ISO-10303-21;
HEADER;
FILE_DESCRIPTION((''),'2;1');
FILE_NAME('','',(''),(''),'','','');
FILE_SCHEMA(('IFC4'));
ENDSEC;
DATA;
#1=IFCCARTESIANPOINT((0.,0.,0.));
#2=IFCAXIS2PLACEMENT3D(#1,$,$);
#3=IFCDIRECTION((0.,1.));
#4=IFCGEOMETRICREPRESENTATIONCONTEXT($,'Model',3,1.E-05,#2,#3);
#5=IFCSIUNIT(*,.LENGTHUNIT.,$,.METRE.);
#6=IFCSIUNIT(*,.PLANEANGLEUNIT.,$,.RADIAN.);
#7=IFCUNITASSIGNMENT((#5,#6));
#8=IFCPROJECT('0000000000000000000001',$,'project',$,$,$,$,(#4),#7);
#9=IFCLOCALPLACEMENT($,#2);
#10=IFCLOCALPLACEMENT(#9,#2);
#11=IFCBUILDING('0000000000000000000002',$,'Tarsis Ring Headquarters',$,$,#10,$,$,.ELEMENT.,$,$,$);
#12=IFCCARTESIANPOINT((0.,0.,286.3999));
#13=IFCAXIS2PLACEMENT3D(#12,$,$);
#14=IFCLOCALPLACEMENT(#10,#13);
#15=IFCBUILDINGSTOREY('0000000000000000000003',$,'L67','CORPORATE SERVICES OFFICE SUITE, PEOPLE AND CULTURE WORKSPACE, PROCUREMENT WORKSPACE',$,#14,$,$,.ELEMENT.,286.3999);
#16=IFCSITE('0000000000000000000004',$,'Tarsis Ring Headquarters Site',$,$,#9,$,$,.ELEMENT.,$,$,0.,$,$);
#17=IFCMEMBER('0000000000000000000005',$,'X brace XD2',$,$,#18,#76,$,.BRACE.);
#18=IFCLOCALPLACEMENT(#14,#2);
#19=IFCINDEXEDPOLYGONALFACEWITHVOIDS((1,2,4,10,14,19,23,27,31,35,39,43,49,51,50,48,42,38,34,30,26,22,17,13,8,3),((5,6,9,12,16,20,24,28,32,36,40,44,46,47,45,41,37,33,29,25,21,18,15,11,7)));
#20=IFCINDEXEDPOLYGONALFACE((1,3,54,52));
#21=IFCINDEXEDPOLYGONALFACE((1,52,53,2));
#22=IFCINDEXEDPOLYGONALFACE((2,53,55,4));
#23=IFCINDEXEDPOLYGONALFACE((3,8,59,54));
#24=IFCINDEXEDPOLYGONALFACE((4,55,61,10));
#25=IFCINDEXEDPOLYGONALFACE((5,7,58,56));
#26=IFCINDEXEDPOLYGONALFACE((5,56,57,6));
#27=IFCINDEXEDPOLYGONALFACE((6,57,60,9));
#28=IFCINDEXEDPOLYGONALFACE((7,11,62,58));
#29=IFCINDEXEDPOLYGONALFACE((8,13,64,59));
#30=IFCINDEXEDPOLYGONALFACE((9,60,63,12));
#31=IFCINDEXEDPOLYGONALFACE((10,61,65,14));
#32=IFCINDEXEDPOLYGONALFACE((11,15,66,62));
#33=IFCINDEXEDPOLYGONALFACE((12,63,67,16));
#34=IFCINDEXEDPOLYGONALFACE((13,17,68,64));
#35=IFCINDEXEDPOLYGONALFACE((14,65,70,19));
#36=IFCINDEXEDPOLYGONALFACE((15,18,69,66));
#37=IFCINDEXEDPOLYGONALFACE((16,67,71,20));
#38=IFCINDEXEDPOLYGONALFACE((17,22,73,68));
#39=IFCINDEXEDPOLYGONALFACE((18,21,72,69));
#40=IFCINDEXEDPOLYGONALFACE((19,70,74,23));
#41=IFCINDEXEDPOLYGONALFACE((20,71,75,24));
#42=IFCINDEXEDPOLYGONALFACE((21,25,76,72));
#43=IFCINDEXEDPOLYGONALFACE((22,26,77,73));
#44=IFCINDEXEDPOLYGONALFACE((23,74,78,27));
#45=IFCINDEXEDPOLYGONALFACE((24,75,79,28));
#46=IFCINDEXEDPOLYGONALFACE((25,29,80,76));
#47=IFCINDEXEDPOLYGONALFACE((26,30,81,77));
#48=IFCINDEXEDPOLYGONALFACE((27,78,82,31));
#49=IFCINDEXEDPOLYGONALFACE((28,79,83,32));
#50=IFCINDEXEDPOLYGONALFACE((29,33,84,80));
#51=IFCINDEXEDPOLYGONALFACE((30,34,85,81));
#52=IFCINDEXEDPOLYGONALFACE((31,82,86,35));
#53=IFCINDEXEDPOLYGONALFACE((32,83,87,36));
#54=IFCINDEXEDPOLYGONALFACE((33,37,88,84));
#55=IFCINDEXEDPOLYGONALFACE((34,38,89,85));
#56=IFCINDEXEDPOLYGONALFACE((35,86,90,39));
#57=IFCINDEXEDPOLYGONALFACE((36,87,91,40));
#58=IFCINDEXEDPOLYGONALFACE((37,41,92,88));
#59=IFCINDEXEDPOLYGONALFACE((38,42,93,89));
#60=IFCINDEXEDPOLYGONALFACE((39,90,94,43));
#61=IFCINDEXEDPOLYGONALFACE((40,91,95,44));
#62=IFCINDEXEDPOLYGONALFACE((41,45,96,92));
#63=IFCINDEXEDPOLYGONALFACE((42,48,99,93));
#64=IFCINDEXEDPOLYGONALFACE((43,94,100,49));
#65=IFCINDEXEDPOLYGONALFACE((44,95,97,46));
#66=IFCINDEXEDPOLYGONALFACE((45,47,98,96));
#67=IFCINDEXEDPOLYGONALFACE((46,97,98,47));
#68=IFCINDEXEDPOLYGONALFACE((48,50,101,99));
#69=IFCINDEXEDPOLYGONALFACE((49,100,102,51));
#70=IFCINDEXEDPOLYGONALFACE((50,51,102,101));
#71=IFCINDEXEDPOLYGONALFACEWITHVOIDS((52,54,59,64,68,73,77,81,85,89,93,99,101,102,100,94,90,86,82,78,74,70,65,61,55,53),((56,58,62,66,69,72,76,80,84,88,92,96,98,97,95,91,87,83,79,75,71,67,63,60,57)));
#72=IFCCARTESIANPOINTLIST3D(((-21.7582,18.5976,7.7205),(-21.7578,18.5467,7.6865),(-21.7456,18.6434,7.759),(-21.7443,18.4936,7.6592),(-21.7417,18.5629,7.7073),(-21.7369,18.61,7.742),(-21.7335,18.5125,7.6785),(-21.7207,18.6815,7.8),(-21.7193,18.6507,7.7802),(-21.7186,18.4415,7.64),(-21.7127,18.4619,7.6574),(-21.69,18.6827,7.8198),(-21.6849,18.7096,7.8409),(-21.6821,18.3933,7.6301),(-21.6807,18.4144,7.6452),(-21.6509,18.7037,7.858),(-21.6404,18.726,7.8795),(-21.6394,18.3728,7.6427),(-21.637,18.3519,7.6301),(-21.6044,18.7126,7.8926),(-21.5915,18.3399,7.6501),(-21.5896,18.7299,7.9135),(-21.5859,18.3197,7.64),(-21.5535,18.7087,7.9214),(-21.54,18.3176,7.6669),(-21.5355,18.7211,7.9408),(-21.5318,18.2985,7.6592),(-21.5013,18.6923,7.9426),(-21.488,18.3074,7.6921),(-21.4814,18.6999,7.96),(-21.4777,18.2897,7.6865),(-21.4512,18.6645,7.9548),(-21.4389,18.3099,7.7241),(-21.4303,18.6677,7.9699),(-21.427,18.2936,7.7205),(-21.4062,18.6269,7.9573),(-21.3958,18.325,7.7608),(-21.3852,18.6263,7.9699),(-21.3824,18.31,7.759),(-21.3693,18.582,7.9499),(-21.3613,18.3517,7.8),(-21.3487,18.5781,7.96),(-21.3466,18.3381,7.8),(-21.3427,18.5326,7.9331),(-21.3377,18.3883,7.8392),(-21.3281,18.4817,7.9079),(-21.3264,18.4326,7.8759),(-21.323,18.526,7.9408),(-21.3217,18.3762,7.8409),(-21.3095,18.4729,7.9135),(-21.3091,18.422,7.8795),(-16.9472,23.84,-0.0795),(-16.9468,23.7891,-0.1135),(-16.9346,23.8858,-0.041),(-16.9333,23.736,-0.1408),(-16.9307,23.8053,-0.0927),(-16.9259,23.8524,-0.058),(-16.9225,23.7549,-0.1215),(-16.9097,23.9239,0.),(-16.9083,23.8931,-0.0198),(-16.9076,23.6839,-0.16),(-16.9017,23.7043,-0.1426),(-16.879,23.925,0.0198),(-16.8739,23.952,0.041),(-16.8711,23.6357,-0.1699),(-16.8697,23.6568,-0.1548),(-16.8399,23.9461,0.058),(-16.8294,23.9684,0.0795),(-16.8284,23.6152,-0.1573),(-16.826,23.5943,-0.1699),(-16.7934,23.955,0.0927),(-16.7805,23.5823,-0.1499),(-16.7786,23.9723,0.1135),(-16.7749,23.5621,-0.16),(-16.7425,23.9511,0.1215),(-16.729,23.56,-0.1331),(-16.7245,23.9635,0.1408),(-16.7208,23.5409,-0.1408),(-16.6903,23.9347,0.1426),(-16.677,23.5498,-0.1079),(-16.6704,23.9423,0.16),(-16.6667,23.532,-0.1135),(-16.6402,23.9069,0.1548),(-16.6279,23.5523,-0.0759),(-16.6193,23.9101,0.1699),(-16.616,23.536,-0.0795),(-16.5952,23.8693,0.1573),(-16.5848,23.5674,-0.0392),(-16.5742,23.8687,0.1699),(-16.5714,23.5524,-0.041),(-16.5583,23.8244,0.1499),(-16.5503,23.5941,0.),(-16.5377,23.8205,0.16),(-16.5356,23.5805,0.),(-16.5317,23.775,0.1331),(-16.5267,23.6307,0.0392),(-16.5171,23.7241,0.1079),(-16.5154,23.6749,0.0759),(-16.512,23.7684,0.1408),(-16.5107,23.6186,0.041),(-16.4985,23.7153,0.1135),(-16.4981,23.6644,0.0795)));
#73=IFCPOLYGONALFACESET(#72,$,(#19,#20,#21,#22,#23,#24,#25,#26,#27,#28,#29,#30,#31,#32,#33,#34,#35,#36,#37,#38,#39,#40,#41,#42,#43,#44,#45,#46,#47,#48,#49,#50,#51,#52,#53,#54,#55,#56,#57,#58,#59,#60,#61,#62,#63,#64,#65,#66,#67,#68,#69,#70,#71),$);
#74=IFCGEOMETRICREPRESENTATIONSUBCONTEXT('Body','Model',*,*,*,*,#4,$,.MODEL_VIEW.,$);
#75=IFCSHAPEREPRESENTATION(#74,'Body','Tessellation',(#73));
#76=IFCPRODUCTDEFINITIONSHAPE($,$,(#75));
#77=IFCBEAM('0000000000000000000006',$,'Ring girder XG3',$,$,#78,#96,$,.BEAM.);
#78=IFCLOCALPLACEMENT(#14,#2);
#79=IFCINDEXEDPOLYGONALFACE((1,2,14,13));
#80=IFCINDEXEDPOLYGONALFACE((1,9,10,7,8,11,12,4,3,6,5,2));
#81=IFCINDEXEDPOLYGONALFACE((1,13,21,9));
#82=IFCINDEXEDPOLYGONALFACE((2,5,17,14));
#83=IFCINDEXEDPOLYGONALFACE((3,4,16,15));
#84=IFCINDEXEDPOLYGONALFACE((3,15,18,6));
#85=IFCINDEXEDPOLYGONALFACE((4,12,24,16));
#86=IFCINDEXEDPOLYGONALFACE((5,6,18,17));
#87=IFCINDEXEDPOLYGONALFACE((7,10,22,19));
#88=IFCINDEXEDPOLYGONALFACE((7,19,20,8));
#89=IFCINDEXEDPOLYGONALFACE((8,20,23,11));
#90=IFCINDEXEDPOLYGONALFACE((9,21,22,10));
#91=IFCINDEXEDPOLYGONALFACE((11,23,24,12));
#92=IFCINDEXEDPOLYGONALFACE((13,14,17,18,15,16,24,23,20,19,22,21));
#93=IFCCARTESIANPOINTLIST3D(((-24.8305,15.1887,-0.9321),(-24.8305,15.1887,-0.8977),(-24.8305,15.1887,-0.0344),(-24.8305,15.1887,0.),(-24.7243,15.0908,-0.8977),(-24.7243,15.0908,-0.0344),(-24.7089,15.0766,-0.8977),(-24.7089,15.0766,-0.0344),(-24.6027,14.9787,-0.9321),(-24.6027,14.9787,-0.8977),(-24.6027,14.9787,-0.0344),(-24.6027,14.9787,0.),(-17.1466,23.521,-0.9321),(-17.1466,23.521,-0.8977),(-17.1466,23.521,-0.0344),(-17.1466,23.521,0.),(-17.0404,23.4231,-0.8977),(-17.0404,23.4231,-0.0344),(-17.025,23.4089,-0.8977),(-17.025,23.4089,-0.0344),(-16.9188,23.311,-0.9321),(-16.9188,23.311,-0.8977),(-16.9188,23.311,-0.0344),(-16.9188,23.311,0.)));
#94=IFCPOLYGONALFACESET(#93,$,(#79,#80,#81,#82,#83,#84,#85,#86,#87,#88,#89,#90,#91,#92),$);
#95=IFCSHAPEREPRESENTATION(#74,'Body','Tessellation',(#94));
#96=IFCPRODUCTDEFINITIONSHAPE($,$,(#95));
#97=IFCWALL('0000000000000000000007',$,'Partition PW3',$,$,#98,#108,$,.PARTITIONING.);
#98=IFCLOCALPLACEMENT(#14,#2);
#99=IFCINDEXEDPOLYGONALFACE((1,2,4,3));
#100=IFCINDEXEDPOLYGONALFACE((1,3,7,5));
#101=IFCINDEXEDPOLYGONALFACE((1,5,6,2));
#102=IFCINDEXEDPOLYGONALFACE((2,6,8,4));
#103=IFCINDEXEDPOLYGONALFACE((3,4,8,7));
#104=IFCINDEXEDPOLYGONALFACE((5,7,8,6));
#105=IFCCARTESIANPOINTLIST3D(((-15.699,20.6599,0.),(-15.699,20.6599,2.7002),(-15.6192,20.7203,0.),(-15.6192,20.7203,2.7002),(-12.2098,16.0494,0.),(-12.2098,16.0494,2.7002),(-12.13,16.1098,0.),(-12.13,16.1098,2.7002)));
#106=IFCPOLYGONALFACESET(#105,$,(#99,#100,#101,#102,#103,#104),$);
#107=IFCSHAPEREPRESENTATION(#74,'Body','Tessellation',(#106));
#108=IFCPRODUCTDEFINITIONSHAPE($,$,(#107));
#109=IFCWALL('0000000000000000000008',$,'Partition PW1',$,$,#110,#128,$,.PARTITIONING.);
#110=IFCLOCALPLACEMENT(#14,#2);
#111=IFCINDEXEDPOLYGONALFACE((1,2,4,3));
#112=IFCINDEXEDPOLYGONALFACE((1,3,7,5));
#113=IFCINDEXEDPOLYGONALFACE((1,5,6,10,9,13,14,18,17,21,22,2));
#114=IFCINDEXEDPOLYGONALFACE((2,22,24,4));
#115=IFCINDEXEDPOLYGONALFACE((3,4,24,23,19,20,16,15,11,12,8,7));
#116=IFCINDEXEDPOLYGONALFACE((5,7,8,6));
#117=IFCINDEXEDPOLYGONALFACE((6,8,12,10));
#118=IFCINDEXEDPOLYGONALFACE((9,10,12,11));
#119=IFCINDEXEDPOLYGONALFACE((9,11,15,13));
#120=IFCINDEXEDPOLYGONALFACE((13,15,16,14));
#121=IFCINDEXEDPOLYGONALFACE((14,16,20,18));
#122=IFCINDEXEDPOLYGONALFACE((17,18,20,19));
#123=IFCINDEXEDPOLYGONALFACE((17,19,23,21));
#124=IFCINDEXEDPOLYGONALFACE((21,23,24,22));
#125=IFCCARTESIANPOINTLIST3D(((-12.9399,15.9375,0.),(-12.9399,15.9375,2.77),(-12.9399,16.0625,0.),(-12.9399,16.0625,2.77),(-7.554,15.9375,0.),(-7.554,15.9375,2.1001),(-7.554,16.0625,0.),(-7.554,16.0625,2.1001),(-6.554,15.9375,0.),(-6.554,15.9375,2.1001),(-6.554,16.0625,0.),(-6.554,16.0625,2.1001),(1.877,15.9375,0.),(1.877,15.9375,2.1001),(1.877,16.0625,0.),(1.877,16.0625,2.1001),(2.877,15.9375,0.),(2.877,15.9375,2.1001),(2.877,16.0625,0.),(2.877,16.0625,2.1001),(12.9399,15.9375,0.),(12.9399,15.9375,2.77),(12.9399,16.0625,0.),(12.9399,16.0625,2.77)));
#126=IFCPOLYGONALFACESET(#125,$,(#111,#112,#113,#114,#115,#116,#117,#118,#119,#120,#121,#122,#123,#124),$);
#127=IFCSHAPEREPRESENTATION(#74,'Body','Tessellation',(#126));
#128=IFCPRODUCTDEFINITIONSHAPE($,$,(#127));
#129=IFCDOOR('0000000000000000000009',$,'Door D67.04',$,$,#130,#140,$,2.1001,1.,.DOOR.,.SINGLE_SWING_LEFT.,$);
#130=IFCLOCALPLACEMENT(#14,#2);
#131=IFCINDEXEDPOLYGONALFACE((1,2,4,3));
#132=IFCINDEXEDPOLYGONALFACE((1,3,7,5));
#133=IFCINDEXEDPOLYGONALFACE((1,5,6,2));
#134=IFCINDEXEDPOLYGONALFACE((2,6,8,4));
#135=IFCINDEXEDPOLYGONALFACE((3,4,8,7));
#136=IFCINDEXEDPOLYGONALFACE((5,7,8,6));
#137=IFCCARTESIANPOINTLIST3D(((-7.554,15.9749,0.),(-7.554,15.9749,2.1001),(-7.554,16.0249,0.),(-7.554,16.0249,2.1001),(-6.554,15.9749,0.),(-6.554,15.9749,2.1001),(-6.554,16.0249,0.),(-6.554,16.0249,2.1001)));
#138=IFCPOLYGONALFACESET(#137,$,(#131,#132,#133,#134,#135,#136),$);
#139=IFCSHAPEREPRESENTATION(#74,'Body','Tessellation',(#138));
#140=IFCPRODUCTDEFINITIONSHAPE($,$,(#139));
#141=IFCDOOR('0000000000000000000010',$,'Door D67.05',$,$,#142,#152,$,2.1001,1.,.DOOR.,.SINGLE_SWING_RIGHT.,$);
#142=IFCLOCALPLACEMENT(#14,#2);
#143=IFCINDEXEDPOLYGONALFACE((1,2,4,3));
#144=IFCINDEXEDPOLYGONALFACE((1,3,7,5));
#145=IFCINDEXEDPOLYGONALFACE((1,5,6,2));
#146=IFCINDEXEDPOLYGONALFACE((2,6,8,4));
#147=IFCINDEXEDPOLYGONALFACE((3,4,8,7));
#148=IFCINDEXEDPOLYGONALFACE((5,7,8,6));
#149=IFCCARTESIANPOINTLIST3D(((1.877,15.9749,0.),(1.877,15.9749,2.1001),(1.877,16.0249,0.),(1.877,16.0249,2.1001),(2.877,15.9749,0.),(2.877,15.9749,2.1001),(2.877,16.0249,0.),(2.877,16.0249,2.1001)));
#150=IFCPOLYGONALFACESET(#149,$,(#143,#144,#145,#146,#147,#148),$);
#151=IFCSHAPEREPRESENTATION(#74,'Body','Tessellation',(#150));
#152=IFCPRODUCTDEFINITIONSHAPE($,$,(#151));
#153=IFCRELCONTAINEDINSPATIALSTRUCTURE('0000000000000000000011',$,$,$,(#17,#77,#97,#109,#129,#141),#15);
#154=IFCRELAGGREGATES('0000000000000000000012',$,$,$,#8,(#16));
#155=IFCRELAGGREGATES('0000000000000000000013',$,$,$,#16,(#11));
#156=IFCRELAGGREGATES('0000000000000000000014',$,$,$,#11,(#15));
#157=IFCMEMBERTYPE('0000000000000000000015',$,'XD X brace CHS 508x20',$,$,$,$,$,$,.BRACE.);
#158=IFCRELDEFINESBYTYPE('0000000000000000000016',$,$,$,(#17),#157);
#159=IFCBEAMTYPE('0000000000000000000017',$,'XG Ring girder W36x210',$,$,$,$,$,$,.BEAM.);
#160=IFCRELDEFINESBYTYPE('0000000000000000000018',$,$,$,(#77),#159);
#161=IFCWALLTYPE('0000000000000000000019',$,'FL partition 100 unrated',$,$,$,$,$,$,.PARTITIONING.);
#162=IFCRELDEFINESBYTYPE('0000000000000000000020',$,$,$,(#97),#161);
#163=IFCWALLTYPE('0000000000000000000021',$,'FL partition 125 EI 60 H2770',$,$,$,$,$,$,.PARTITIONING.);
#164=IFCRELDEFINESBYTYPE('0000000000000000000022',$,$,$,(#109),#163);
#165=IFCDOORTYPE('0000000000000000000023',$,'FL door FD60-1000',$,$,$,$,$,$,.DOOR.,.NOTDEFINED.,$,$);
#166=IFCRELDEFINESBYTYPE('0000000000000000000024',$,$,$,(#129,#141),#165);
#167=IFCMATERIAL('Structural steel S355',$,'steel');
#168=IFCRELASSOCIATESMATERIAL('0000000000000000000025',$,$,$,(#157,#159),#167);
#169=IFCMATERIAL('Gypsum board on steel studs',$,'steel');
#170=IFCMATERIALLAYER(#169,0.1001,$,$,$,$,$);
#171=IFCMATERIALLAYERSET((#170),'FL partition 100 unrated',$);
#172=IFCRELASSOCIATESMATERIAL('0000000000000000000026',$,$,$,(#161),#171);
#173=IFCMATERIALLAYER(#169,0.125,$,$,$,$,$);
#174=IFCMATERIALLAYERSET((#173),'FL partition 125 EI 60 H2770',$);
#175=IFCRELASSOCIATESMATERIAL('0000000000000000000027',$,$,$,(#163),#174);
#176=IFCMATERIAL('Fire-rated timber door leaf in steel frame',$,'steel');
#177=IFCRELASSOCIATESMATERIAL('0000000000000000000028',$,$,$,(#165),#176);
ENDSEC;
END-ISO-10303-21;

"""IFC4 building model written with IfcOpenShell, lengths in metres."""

from ifc_helpers import new_model, si_unit, direction, frame, frame_2d, origin, origin_2d, place, context, subcontext, project, spatial, rectangle, hollow_circle, i_section, extrude, material, layer, layer_set, material_profile, profile_set, type_object, element, fill, save


model = new_model("IFC4")

# Units and contexts
model_context = context("Model", 3, precision=1e-05, world=origin(), true_north=direction((0.0, 1.0)))
body_context = subcontext(model_context, "Body", "Model", "MODEL_VIEW")
ifc_project = project(units=[si_unit("LENGTHUNIT", "METRE"), si_unit("PLANEANGLEUNIT", "RADIAN")], contexts=[model_context])

# Site, building, storey
site_placement = place(None, origin())
site = spatial("IfcSite", under=ifc_project, at=site_placement, Name="Tarsis Ring Headquarters Site", CompositionType="ELEMENT", RefElevation=0.0)
building_placement = place(site_placement, origin())
building = spatial("IfcBuilding", under=site, at=building_placement, Name="Tarsis Ring Headquarters", CompositionType="ELEMENT")
storey_placement = place(building_placement, frame((0.0, 0.0, 286.3999)))
storey = spatial("IfcBuildingStorey", under=building, at=storey_placement, Name="L67", Description="CORPORATE SERVICES OFFICE SUITE, PEOPLE AND CULTURE WORKSPACE, PROCUREMENT WORKSPACE", CompositionType="ELEMENT", Elevation=286.3999)

# Shared definitions
ifc_material_1 = material(Name="Structural steel S355", Category="steel")

# Member
ifc_material_profile_1 = material_profile(ifc_material_1, hollow_circle(Radius=0.2539, WallThickness=0.02, at=origin_2d()), Name="CHS 508x20")
ifc_profile_set_1 = profile_set([ifc_material_profile_1], Name="Structural steel S355")
member_type = type_object("IfcMemberType", Name="XD X brace CHS 508x20", PredefinedType="BRACE", material=ifc_profile_set_1)
member_placement = place(storey_placement, frame((-16.7227, 23.7522, 0.0), z_axis=(-0.45568, -0.49654, 0.738786), x_axis=(0.736771, -0.676142, 0.0)))
element("IfcMember", 1, at=member_placement, inside=storey, type_object=member_type, Name="X brace XD2", PredefinedType="BRACE", context=body_context, shape_type="SweptSolid", body=[
    extrude(hollow_circle(Radius=0.2539, WallThickness=0.02, at=origin_2d()), origin(), (0.0, 0.0, 1.0), 10.5579),
])

# Beam
ifc_material_profile_2 = material_profile(ifc_material_1, i_section(OverallWidth=0.3098, OverallDepth=0.9321, WebThickness=0.021, FlangeThickness=0.0344, at=origin_2d()), Name="W36x210")
ifc_profile_set_2 = profile_set([ifc_material_profile_2], Name="Structural steel S355")
beam_type_1 = type_object("IfcBeamType", Name="XG Ring girder W36x210", PredefinedType="BEAM", material=ifc_profile_set_2)
beam_1_placement = place(storey_placement, frame((-17.0327, 23.416, -0.4661), z_axis=(-0.677923, -0.735133, 0.0), x_axis=(0.735133, -0.677923, 0.0)))
element("IfcBeam", 2, at=beam_1_placement, inside=storey, type_object=beam_type_1, Name="Ring girder XG3", PredefinedType="BEAM", context=body_context, shape_type="SweptSolid", body=[
    extrude(i_section(OverallWidth=0.3098, OverallDepth=0.9321, WebThickness=0.021, FlangeThickness=0.0344, at=origin_2d()), origin(), (0.0, 0.0, 1.0), 11.3345),
])

# Wall
ifc_material_2 = material(Name="Gypsum board on steel studs", Category="steel")
ifc_layer_1 = layer(ifc_material_2, 0.1001)
ifc_layer_set_1 = layer_set([ifc_layer_1], Name="FL partition 100 unrated")
wall_type_1 = type_object("IfcWallType", Name="FL partition 100 unrated", PredefinedType="PARTITIONING", material=ifc_layer_set_1)
wall_1_placement = place(storey_placement, frame((-15.6592, 20.6902, 0.0), z_axis=(0.0, 0.0, 1.0), x_axis=(0.60346, -0.797393, 0.0)))
element("IfcWall", 3, at=wall_1_placement, inside=storey, type_object=wall_type_1, Name="Partition PW3", PredefinedType="PARTITIONING", context=body_context, shape_type="SweptSolid", body=[
    extrude(rectangle(XDim=5.782, YDim=0.1001, at=frame_2d((2.8911, 0.0))), origin(), (0.0, 0.0, 1.0), 2.7002),
])

# Wall, openings, doors
ifc_layer_2 = layer(ifc_material_2, 0.125)
ifc_layer_set_2 = layer_set([ifc_layer_2], Name="FL partition 125 EI 60 H2770")
wall_type_2 = type_object("IfcWallType", Name="FL partition 125 EI 60 H2770", PredefinedType="PARTITIONING", material=ifc_layer_set_2)
wall_2_placement = place(storey_placement, frame((-12.9399, 16.0, 0.0), z_axis=(0.0, 0.0, 1.0), x_axis=(1.0, 0.0, 0.0)))
wall_2 = element("IfcWall", 4, at=wall_2_placement, inside=storey, type_object=wall_type_2, Name="Partition PW1", PredefinedType="PARTITIONING", context=body_context, shape_type="SweptSolid", body=[
    extrude(rectangle(XDim=25.8799, YDim=0.125, at=frame_2d((12.9399, 0.0))), origin(), (0.0, 0.0, 1.0), 2.77),
])
opening_1_placement = place(wall_2_placement, frame((5.386, 0.0, 0.0)))
opening_1 = element("IfcOpeningElement", 5, at=opening_1_placement, cuts=wall_2, PredefinedType="OPENING", context=body_context, shape_type="SweptSolid", body=[
    extrude(rectangle(XDim=1.0, YDim=2.1001, at=frame_2d((0.5, 1.05))), frame((0.0, 0.0725, 0.0), z_axis=(0.0, -1.0, 0.0), x_axis=(1.0, 0.0, 0.0)), (0.0, 0.0, 1.0), 0.145),
])
opening_2_placement = place(wall_2_placement, frame((14.8169, 0.0, 0.0)))
opening_2 = element("IfcOpeningElement", 6, at=opening_2_placement, cuts=wall_2, PredefinedType="OPENING", context=body_context, shape_type="SweptSolid", body=[
    extrude(rectangle(XDim=1.0, YDim=2.1001, at=frame_2d((0.5, 1.05))), frame((0.0, 0.0725, 0.0), z_axis=(0.0, -1.0, 0.0), x_axis=(1.0, 0.0, 0.0)), (0.0, 0.0, 1.0), 0.145),
])
ifc_material_3 = material(Name="Fire-rated timber door leaf in steel frame", Category="steel")
door_type = type_object("IfcDoorType", Name="FL door FD60-1000", OperationType="NOTDEFINED", PredefinedType="DOOR", material=ifc_material_3)
door_1_placement = place(opening_1_placement, origin())
door_1 = element("IfcDoor", 7, at=door_1_placement, inside=storey, type_object=door_type, Name="Door D67.04", OperationType="SINGLE_SWING_LEFT", OverallHeight=2.1001, OverallWidth=1.0, PredefinedType="DOOR", context=body_context, shape_type="SweptSolid", body=[
    extrude(rectangle(XDim=1.0, YDim=2.1001, at=frame_2d((0.5, 1.05))), frame((0.0, 0.0249, 0.0), z_axis=(0.0, -1.0, 0.0), x_axis=(1.0, 0.0, 0.0)), (0.0, 0.0, 1.0), 0.05),
])
fill(opening_1, door_1)
door_2_placement = place(opening_2_placement, origin())
door_2 = element("IfcDoor", 8, at=door_2_placement, inside=storey, type_object=door_type, Name="Door D67.05", OperationType="SINGLE_SWING_RIGHT", OverallHeight=2.1001, OverallWidth=1.0, PredefinedType="DOOR", context=body_context, shape_type="SweptSolid", body=[
    extrude(rectangle(XDim=1.0, YDim=2.1001, at=frame_2d((0.5, 1.05))), frame((0.0, 0.0249, 0.0), z_axis=(0.0, -1.0, 0.0), x_axis=(1.0, 0.0, 0.0)), (0.0, 0.0, 1.0), 0.05),
])
fill(opening_2, door_2)

save(model, "model.ifc")
